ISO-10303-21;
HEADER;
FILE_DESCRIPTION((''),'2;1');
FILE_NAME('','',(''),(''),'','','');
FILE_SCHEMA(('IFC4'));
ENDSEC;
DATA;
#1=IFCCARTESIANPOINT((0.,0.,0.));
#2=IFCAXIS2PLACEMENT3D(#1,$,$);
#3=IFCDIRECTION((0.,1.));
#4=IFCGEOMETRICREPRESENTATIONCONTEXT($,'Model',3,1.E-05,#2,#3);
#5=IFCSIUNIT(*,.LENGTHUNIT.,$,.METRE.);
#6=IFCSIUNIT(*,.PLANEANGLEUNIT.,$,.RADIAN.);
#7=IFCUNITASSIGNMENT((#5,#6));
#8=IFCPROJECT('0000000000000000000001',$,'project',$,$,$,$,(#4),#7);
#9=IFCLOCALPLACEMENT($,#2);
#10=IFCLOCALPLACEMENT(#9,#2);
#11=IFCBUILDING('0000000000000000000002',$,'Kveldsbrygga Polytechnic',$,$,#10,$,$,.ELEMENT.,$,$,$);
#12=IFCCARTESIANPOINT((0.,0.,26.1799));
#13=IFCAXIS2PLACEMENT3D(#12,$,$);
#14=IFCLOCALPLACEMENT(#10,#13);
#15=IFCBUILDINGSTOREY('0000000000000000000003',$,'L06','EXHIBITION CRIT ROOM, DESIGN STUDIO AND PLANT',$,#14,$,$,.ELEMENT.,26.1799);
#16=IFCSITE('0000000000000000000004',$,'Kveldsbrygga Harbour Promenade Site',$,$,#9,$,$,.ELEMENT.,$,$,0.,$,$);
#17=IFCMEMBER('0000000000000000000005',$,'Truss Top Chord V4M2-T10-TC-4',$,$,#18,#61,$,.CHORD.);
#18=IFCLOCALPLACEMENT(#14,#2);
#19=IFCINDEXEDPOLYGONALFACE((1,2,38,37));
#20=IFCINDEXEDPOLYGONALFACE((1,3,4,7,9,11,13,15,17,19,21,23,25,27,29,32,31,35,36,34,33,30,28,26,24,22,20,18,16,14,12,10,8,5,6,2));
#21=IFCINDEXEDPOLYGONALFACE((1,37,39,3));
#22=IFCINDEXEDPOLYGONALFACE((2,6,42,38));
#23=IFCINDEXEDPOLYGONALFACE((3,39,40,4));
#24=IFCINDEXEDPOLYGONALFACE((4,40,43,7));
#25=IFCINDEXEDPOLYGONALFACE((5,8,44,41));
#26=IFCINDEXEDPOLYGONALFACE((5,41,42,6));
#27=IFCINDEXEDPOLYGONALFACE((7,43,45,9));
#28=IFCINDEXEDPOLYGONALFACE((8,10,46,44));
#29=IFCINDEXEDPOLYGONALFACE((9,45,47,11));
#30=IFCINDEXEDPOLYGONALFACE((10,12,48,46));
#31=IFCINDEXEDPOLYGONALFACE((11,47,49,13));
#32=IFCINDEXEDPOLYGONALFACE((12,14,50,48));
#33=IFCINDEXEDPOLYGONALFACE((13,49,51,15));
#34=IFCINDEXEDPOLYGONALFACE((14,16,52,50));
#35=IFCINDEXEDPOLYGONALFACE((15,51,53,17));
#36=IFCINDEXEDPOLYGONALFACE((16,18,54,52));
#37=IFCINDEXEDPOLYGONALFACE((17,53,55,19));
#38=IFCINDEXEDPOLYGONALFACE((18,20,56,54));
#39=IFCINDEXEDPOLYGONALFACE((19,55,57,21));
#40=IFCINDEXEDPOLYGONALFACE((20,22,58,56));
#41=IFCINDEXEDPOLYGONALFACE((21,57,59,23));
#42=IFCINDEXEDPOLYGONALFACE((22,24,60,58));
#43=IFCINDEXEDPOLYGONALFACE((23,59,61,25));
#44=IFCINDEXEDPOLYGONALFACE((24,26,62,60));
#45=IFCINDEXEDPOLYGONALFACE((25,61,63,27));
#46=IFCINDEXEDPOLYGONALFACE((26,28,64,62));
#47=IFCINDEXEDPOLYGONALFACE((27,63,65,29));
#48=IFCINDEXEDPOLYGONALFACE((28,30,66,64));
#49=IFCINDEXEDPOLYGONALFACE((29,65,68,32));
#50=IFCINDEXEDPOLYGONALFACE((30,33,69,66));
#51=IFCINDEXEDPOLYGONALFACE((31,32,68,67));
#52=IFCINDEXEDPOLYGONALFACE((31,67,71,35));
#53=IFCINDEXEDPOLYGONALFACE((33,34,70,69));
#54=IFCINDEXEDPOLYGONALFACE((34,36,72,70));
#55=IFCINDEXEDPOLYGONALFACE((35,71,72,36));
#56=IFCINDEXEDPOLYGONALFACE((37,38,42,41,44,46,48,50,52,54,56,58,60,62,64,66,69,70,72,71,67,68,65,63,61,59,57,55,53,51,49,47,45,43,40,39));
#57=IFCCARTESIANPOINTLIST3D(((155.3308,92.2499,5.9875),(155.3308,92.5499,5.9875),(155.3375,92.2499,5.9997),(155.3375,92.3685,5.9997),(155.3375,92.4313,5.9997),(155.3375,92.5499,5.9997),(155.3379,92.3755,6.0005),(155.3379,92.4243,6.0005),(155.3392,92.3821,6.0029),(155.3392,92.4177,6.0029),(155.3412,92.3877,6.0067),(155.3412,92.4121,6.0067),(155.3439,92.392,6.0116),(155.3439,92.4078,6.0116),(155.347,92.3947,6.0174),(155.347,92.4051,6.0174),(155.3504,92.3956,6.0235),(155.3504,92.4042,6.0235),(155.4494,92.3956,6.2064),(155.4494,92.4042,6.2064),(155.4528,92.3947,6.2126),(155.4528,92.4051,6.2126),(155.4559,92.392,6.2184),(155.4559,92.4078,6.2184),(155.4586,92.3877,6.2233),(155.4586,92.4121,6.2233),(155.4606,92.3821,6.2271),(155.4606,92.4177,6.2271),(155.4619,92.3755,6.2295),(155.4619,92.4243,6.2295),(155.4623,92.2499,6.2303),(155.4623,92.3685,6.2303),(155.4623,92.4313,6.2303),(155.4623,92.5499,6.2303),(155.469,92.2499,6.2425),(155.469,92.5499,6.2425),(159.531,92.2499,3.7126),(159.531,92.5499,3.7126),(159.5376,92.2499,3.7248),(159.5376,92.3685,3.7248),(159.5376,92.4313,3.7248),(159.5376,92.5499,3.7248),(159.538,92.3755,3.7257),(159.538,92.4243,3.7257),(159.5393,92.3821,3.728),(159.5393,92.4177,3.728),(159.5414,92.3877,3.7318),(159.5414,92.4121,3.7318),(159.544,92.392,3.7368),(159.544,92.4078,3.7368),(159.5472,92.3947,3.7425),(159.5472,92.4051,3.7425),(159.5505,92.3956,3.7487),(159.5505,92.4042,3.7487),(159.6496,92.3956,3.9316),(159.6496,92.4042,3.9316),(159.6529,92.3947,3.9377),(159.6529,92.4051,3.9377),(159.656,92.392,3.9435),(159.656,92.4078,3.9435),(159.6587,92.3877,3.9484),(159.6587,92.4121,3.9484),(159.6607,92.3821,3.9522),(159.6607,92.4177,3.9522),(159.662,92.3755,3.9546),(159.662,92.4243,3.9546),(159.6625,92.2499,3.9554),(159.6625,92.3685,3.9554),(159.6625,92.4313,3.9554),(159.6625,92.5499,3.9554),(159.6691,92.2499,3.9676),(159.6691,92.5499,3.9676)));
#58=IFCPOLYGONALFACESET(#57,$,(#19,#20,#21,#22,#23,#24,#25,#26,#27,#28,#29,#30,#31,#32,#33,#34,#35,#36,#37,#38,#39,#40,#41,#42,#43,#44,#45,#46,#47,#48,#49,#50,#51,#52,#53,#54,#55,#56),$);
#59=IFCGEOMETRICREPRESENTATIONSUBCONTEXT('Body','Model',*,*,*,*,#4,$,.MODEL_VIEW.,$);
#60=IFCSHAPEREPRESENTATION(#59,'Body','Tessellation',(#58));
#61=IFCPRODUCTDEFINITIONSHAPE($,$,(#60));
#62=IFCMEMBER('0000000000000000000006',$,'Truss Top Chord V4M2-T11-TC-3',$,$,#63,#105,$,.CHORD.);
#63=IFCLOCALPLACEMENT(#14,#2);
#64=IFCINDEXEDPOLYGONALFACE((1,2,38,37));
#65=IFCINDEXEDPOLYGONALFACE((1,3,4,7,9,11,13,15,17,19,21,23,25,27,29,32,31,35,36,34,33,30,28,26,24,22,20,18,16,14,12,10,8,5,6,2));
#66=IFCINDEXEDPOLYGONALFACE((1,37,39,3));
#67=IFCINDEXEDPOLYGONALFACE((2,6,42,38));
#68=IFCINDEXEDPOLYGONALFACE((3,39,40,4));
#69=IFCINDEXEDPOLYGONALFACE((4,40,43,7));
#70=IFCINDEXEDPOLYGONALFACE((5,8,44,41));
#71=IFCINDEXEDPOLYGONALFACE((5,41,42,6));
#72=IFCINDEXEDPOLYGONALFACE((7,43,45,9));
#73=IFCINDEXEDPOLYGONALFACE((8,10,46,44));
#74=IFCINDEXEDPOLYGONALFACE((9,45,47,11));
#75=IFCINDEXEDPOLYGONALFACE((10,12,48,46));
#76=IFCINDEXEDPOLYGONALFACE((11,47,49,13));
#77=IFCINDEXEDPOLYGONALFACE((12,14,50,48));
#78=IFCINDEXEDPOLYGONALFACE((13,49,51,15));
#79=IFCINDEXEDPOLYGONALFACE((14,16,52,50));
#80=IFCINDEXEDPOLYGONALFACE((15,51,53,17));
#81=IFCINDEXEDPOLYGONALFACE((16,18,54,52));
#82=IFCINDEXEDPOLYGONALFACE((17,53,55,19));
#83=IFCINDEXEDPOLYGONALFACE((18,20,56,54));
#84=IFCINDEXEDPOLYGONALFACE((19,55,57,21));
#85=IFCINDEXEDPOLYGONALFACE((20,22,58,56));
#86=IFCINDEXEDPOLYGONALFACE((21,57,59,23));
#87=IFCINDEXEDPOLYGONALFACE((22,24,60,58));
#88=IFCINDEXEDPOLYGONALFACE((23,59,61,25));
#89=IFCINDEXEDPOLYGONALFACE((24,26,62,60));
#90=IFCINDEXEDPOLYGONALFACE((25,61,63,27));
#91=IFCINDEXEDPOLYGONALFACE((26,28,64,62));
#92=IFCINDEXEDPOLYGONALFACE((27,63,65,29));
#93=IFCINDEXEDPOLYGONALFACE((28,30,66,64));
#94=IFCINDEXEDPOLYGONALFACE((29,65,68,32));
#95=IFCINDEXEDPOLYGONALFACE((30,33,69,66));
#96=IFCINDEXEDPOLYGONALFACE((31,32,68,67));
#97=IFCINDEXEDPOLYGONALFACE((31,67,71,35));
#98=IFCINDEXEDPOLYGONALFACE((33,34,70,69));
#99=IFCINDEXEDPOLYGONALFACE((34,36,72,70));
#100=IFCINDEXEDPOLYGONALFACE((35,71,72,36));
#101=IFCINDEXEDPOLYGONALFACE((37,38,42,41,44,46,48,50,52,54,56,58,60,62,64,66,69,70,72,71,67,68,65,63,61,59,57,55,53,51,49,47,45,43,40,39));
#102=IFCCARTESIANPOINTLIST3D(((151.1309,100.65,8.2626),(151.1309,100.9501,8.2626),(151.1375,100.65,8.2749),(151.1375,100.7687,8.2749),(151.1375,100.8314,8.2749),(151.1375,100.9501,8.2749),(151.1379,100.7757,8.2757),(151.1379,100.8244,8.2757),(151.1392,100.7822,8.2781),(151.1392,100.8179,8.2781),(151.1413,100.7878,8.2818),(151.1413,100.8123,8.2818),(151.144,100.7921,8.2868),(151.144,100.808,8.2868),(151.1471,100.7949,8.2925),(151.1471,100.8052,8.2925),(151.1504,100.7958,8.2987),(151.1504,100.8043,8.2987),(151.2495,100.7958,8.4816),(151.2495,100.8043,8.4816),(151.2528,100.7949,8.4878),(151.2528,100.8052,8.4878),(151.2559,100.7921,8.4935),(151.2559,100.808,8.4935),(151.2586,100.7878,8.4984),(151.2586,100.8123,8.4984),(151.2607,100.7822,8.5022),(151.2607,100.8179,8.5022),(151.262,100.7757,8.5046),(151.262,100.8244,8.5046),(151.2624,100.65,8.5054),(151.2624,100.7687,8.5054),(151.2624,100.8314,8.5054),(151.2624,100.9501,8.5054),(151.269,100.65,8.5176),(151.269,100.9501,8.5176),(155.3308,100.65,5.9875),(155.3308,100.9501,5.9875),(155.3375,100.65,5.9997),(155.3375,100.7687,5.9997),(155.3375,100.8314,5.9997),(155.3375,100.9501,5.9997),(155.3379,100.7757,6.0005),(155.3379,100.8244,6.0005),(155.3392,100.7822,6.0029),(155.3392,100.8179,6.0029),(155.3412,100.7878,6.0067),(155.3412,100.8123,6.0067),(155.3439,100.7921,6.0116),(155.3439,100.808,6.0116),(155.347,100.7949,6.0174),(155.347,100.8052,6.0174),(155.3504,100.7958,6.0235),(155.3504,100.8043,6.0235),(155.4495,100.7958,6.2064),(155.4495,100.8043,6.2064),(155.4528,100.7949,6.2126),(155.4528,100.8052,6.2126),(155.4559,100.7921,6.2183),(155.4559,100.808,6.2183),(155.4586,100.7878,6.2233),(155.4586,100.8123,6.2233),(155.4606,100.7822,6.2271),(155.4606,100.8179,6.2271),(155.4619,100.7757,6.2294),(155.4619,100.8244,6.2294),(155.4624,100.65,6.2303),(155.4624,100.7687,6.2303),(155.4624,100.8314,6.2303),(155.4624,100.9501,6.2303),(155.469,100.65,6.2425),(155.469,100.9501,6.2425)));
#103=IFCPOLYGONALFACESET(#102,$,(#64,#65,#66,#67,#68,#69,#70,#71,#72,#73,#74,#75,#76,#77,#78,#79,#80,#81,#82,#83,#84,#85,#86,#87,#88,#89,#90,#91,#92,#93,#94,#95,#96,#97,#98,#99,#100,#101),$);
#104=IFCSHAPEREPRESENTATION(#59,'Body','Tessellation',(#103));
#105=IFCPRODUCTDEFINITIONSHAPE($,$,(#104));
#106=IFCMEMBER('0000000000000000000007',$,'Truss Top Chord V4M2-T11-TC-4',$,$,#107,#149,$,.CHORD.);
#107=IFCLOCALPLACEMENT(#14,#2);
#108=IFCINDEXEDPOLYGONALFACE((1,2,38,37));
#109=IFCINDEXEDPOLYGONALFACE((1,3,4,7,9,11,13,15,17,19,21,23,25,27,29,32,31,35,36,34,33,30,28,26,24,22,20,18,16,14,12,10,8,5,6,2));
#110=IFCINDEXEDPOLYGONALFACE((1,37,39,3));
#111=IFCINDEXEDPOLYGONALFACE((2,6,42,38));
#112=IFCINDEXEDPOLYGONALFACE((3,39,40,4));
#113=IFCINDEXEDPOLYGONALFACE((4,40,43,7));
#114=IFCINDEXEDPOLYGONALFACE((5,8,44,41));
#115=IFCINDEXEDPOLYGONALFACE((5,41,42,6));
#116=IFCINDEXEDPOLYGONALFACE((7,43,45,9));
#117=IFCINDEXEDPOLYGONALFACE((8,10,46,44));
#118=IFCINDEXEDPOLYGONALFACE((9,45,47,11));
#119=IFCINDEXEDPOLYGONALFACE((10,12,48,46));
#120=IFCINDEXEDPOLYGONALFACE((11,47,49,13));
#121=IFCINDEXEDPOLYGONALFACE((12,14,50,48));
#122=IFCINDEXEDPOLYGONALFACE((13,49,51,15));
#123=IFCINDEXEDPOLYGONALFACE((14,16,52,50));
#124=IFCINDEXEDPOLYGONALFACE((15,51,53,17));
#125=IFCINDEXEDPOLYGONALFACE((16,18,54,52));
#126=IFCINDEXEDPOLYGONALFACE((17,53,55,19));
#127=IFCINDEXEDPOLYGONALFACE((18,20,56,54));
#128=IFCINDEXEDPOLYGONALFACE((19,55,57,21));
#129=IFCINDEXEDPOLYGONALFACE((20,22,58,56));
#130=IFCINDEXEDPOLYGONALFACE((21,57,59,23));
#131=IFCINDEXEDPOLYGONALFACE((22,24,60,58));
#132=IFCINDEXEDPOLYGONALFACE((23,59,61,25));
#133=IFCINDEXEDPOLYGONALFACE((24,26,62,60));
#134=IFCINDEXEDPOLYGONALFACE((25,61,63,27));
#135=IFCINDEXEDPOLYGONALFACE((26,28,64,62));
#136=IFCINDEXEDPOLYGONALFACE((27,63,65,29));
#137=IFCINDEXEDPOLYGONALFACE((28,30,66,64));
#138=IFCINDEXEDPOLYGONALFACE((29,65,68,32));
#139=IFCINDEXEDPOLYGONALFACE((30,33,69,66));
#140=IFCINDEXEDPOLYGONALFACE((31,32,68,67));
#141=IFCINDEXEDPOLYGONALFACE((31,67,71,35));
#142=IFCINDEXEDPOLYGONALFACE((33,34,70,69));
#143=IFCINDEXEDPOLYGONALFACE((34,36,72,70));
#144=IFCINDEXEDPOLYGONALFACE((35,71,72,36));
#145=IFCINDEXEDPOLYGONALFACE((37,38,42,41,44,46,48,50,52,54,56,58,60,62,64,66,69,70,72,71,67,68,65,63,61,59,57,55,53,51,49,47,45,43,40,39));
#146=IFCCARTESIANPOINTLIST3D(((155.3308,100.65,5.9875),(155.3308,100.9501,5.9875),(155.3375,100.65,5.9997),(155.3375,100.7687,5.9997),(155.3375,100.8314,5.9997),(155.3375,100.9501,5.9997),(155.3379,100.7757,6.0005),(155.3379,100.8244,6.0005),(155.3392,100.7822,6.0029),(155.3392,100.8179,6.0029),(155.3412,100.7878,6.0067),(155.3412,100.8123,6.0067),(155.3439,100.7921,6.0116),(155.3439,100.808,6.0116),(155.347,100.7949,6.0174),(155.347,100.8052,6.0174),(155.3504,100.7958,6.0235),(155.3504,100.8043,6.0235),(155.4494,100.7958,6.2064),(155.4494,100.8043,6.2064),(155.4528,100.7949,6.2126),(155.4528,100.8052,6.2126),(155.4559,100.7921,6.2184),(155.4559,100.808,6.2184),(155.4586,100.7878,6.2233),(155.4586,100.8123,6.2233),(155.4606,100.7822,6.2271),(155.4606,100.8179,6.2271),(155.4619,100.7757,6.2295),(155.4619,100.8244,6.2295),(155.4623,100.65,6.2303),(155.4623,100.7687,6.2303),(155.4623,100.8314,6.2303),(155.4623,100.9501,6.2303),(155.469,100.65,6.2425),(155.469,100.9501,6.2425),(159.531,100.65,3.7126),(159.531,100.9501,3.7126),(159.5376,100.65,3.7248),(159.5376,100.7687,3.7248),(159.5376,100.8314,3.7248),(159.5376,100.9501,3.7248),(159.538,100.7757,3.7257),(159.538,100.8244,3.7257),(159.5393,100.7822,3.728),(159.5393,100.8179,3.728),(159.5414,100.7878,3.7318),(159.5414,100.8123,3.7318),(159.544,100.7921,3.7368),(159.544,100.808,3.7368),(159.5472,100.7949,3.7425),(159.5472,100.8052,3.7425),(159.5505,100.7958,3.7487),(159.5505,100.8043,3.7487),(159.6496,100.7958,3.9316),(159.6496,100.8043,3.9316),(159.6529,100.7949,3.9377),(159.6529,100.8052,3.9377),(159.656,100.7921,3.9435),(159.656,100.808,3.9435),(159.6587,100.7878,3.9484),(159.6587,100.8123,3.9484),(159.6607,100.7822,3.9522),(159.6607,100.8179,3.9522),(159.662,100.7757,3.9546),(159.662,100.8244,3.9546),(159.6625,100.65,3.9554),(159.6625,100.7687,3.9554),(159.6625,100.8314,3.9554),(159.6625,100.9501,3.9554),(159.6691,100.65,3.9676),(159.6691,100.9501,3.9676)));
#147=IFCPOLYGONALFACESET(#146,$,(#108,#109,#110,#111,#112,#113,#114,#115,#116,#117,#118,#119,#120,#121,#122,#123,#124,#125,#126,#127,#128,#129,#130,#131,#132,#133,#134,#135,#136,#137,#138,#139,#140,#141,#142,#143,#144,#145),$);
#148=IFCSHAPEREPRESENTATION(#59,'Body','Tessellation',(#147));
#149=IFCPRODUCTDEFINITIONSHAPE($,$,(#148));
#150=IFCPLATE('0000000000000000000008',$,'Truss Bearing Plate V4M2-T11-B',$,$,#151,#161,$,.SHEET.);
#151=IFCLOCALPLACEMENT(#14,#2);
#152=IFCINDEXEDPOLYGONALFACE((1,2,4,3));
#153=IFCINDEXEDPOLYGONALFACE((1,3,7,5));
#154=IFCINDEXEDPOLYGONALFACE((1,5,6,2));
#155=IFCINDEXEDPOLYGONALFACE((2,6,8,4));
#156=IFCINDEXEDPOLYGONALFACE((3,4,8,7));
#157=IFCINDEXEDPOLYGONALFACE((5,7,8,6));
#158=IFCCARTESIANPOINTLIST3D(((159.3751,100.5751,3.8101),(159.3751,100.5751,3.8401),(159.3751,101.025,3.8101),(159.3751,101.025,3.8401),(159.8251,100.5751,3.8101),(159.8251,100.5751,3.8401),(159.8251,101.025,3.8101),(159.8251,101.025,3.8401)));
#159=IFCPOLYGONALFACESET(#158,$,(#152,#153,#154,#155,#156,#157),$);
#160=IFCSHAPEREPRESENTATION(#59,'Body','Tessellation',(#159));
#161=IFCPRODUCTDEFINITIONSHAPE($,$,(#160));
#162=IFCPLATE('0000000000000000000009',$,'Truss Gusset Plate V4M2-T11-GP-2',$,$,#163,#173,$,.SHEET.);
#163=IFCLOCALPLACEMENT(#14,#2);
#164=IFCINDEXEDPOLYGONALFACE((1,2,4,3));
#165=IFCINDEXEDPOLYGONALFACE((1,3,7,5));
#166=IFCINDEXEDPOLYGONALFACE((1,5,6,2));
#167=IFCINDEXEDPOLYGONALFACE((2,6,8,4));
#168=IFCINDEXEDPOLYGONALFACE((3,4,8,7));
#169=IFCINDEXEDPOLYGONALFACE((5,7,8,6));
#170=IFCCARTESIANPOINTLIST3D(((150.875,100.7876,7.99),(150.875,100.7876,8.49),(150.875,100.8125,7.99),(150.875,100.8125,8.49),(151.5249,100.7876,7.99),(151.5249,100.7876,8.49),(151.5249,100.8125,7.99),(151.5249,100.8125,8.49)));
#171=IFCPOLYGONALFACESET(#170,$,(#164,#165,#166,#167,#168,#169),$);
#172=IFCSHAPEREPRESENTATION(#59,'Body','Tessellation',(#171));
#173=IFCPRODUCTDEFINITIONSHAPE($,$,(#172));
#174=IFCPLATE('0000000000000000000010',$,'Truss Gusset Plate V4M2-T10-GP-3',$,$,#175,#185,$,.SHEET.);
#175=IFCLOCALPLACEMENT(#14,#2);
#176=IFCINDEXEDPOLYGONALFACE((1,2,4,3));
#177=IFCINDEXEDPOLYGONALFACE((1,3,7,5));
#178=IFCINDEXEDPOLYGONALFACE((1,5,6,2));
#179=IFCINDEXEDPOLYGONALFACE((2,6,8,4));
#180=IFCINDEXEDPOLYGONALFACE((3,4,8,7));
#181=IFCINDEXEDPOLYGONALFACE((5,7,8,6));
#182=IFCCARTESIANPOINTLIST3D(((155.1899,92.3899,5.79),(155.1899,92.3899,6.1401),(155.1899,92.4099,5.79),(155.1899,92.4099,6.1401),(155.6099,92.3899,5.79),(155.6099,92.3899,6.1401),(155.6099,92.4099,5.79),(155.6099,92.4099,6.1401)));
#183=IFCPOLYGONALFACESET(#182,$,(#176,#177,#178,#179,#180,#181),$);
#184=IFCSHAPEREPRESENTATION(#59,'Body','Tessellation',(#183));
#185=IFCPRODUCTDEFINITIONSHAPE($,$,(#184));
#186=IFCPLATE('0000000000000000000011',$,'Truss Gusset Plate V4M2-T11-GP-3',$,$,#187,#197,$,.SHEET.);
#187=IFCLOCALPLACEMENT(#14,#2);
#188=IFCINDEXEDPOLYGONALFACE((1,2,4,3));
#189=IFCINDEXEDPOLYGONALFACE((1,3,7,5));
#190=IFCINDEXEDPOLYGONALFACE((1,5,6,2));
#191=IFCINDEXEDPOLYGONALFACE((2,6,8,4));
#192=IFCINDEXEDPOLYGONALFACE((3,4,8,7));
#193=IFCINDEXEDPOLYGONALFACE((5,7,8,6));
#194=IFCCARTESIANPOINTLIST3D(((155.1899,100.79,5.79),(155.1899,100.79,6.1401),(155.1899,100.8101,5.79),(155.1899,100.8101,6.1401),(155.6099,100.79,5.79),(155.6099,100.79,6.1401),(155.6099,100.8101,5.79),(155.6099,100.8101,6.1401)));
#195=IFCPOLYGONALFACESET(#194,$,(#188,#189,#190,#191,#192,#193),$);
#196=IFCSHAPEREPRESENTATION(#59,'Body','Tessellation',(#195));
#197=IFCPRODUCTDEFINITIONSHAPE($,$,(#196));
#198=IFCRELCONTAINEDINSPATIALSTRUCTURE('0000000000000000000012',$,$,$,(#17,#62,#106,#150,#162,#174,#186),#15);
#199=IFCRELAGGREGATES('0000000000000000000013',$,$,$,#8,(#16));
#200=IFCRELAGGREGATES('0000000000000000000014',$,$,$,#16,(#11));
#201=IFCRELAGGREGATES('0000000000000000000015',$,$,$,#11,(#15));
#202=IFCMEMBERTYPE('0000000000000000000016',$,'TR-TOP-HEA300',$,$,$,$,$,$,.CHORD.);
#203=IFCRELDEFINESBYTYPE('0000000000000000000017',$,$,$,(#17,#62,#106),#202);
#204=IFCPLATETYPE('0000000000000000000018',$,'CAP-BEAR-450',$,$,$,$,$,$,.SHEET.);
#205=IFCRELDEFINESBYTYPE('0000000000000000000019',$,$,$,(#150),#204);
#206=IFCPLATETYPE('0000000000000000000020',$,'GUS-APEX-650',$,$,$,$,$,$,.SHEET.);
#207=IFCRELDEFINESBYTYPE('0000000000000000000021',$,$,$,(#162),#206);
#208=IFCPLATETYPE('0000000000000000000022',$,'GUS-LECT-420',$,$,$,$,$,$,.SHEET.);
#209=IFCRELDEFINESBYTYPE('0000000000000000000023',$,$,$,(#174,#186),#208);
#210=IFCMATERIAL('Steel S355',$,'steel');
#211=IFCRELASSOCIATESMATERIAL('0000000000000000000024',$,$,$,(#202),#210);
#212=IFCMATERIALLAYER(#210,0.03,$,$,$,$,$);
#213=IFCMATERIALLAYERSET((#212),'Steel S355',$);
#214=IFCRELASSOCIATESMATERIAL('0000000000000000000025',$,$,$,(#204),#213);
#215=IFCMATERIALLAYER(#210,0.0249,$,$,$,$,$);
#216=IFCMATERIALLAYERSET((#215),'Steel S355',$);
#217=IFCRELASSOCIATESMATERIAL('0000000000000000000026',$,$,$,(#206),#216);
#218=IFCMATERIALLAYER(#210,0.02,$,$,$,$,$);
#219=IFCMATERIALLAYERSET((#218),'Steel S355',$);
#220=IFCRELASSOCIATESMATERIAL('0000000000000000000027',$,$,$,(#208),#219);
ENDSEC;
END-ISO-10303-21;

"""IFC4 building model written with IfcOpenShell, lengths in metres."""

from ifc_helpers import new_model, si_unit, direction, frame, origin, origin_2d, place, context, subcontext, project, spatial, rectangle, i_section, extrude, material, layer, layer_set, material_profile, profile_set, type_object, element, save


model = new_model("IFC4")

# Units and contexts
model_context = context("Model", 3, precision=1e-05, world=origin(), true_north=direction((0.0, 1.0)))
body_context = subcontext(model_context, "Body", "Model", "MODEL_VIEW")
ifc_project = project(units=[si_unit("LENGTHUNIT", "METRE"), si_unit("PLANEANGLEUNIT", "RADIAN")], contexts=[model_context])

# Site, building, storey
site_placement = place(None, origin())
site = spatial("IfcSite", under=ifc_project, at=site_placement, Name="Kveldsbrygga Harbour Promenade Site", CompositionType="ELEMENT", RefElevation=0.0)
building_placement = place(site_placement, origin())
building = spatial("IfcBuilding", under=site, at=building_placement, Name="Kveldsbrygga Polytechnic", CompositionType="ELEMENT")
storey_placement = place(building_placement, frame((0.0, 0.0, 26.1799)))
storey = spatial("IfcBuildingStorey", under=building, at=storey_placement, Name="L06", Description="EXHIBITION CRIT ROOM, DESIGN STUDIO AND PLANT", CompositionType="ELEMENT", Elevation=26.1799)

# Members
ifc_material_1 = material(Name="Steel S355", Category="steel")
ifc_material_profile_1 = material_profile(ifc_material_1, i_section(OverallWidth=0.3, OverallDepth=0.29, WebThickness=0.0085, FlangeThickness=0.0139, FilletRadius=0.0271, at=origin_2d()), Name="HEA 300")
ifc_profile_set_1 = profile_set([ifc_material_profile_1], Name="Steel S355")
member_type_1 = type_object("IfcMemberType", Name="TR-TOP-HEA300", PredefinedType="CHORD", material=ifc_profile_set_1)
for number, where, z_axis, x_axis, name in (
    (1, (155.3999, 92.3999, 6.115), (0.87931, 0.0, -0.47625), (0.0, 1.0, 0.0), "Truss Top Chord V4M2-T10-TC-4"),
    (2, (151.2, 100.8, 8.3901), (0.879277, 0.0, -0.476311), (0.0, 1.0, 0.0), "Truss Top Chord V4M2-T11-TC-3"),
    (3, (155.3999, 100.8, 6.115), (0.87931, 0.0, -0.47625), (0.0, 1.0, 0.0), "Truss Top Chord V4M2-T11-TC-4"),
):
    element("IfcMember", number, at=place(storey_placement, frame(where, z_axis=z_axis, x_axis=x_axis)), inside=storey, type_object=member_type_1, Name=name, PredefinedType="CHORD", context=body_context, shape_type="SweptSolid", body=[
        extrude(i_section(OverallWidth=0.3, OverallDepth=0.29, WebThickness=0.0085, FlangeThickness=0.0139, FilletRadius=0.0271, at=origin_2d()), origin(), (0.0, 0.0, 1.0), 4.7766),
    ])

# Plates
ifc_layer_1 = layer(ifc_material_1, 0.03)
ifc_layer_set_1 = layer_set([ifc_layer_1], Name="Steel S355")
plate_type_1 = type_object("IfcPlateType", Name="CAP-BEAR-450", PredefinedType="SHEET", material=ifc_layer_set_1)
plate_1_placement = place(storey_placement, frame((159.6001, 100.8, 3.8101), z_axis=(0.0, 0.0, 1.0), x_axis=(1.0, 0.0, 0.0)))
element("IfcPlate", 4, at=plate_1_placement, inside=storey, type_object=plate_type_1, Name="Truss Bearing Plate V4M2-T11-B", PredefinedType="SHEET", context=body_context, shape_type="SweptSolid", body=[
    extrude(rectangle(XDim=0.45, YDim=0.45, at=origin_2d()), origin(), (0.0, 0.0, 1.0), 0.03),
])
ifc_layer_2 = layer(ifc_material_1, 0.0249)
ifc_layer_set_2 = layer_set([ifc_layer_2], Name="Steel S355")
plate_type_2 = type_object("IfcPlateType", Name="GUS-APEX-650", PredefinedType="SHEET", material=ifc_layer_set_2)
plate_2_placement = place(storey_placement, frame((151.2, 100.8, 7.99), z_axis=(0.0, 0.0, 1.0), x_axis=(1.0, 0.0, 0.0)))
element("IfcPlate", 5, at=plate_2_placement, inside=storey, type_object=plate_type_2, Name="Truss Gusset Plate V4M2-T11-GP-2", PredefinedType="SHEET", context=body_context, shape_type="SweptSolid", body=[
    extrude(rectangle(XDim=0.6499, YDim=0.0249, at=origin_2d()), origin(), (0.0, 0.0, 1.0), 0.5),
])
ifc_layer_3 = layer(ifc_material_1, 0.02)
ifc_layer_set_3 = layer_set([ifc_layer_3], Name="Steel S355")
plate_type_3 = type_object("IfcPlateType", Name="GUS-LECT-420", PredefinedType="SHEET", material=ifc_layer_set_3)
for number, where, z_axis, x_axis, name in (
    (6, (155.3999, 92.3999, 5.79), (0.0, 0.0, 1.0), (1.0, 0.0, 0.0), "Truss Gusset Plate V4M2-T10-GP-3"),
    (7, (155.3999, 100.8, 5.79), (0.0, 0.0, 1.0), (1.0, 0.0, 0.0), "Truss Gusset Plate V4M2-T11-GP-3"),
):
    element("IfcPlate", number, at=place(storey_placement, frame(where, z_axis=z_axis, x_axis=x_axis)), inside=storey, type_object=plate_type_3, Name=name, PredefinedType="SHEET", context=body_context, shape_type="SweptSolid", body=[
        extrude(rectangle(XDim=0.4199, YDim=0.02, at=origin_2d()), origin(), (0.0, 0.0, 1.0), 0.3501),
    ])

save(model, "model.ifc")
